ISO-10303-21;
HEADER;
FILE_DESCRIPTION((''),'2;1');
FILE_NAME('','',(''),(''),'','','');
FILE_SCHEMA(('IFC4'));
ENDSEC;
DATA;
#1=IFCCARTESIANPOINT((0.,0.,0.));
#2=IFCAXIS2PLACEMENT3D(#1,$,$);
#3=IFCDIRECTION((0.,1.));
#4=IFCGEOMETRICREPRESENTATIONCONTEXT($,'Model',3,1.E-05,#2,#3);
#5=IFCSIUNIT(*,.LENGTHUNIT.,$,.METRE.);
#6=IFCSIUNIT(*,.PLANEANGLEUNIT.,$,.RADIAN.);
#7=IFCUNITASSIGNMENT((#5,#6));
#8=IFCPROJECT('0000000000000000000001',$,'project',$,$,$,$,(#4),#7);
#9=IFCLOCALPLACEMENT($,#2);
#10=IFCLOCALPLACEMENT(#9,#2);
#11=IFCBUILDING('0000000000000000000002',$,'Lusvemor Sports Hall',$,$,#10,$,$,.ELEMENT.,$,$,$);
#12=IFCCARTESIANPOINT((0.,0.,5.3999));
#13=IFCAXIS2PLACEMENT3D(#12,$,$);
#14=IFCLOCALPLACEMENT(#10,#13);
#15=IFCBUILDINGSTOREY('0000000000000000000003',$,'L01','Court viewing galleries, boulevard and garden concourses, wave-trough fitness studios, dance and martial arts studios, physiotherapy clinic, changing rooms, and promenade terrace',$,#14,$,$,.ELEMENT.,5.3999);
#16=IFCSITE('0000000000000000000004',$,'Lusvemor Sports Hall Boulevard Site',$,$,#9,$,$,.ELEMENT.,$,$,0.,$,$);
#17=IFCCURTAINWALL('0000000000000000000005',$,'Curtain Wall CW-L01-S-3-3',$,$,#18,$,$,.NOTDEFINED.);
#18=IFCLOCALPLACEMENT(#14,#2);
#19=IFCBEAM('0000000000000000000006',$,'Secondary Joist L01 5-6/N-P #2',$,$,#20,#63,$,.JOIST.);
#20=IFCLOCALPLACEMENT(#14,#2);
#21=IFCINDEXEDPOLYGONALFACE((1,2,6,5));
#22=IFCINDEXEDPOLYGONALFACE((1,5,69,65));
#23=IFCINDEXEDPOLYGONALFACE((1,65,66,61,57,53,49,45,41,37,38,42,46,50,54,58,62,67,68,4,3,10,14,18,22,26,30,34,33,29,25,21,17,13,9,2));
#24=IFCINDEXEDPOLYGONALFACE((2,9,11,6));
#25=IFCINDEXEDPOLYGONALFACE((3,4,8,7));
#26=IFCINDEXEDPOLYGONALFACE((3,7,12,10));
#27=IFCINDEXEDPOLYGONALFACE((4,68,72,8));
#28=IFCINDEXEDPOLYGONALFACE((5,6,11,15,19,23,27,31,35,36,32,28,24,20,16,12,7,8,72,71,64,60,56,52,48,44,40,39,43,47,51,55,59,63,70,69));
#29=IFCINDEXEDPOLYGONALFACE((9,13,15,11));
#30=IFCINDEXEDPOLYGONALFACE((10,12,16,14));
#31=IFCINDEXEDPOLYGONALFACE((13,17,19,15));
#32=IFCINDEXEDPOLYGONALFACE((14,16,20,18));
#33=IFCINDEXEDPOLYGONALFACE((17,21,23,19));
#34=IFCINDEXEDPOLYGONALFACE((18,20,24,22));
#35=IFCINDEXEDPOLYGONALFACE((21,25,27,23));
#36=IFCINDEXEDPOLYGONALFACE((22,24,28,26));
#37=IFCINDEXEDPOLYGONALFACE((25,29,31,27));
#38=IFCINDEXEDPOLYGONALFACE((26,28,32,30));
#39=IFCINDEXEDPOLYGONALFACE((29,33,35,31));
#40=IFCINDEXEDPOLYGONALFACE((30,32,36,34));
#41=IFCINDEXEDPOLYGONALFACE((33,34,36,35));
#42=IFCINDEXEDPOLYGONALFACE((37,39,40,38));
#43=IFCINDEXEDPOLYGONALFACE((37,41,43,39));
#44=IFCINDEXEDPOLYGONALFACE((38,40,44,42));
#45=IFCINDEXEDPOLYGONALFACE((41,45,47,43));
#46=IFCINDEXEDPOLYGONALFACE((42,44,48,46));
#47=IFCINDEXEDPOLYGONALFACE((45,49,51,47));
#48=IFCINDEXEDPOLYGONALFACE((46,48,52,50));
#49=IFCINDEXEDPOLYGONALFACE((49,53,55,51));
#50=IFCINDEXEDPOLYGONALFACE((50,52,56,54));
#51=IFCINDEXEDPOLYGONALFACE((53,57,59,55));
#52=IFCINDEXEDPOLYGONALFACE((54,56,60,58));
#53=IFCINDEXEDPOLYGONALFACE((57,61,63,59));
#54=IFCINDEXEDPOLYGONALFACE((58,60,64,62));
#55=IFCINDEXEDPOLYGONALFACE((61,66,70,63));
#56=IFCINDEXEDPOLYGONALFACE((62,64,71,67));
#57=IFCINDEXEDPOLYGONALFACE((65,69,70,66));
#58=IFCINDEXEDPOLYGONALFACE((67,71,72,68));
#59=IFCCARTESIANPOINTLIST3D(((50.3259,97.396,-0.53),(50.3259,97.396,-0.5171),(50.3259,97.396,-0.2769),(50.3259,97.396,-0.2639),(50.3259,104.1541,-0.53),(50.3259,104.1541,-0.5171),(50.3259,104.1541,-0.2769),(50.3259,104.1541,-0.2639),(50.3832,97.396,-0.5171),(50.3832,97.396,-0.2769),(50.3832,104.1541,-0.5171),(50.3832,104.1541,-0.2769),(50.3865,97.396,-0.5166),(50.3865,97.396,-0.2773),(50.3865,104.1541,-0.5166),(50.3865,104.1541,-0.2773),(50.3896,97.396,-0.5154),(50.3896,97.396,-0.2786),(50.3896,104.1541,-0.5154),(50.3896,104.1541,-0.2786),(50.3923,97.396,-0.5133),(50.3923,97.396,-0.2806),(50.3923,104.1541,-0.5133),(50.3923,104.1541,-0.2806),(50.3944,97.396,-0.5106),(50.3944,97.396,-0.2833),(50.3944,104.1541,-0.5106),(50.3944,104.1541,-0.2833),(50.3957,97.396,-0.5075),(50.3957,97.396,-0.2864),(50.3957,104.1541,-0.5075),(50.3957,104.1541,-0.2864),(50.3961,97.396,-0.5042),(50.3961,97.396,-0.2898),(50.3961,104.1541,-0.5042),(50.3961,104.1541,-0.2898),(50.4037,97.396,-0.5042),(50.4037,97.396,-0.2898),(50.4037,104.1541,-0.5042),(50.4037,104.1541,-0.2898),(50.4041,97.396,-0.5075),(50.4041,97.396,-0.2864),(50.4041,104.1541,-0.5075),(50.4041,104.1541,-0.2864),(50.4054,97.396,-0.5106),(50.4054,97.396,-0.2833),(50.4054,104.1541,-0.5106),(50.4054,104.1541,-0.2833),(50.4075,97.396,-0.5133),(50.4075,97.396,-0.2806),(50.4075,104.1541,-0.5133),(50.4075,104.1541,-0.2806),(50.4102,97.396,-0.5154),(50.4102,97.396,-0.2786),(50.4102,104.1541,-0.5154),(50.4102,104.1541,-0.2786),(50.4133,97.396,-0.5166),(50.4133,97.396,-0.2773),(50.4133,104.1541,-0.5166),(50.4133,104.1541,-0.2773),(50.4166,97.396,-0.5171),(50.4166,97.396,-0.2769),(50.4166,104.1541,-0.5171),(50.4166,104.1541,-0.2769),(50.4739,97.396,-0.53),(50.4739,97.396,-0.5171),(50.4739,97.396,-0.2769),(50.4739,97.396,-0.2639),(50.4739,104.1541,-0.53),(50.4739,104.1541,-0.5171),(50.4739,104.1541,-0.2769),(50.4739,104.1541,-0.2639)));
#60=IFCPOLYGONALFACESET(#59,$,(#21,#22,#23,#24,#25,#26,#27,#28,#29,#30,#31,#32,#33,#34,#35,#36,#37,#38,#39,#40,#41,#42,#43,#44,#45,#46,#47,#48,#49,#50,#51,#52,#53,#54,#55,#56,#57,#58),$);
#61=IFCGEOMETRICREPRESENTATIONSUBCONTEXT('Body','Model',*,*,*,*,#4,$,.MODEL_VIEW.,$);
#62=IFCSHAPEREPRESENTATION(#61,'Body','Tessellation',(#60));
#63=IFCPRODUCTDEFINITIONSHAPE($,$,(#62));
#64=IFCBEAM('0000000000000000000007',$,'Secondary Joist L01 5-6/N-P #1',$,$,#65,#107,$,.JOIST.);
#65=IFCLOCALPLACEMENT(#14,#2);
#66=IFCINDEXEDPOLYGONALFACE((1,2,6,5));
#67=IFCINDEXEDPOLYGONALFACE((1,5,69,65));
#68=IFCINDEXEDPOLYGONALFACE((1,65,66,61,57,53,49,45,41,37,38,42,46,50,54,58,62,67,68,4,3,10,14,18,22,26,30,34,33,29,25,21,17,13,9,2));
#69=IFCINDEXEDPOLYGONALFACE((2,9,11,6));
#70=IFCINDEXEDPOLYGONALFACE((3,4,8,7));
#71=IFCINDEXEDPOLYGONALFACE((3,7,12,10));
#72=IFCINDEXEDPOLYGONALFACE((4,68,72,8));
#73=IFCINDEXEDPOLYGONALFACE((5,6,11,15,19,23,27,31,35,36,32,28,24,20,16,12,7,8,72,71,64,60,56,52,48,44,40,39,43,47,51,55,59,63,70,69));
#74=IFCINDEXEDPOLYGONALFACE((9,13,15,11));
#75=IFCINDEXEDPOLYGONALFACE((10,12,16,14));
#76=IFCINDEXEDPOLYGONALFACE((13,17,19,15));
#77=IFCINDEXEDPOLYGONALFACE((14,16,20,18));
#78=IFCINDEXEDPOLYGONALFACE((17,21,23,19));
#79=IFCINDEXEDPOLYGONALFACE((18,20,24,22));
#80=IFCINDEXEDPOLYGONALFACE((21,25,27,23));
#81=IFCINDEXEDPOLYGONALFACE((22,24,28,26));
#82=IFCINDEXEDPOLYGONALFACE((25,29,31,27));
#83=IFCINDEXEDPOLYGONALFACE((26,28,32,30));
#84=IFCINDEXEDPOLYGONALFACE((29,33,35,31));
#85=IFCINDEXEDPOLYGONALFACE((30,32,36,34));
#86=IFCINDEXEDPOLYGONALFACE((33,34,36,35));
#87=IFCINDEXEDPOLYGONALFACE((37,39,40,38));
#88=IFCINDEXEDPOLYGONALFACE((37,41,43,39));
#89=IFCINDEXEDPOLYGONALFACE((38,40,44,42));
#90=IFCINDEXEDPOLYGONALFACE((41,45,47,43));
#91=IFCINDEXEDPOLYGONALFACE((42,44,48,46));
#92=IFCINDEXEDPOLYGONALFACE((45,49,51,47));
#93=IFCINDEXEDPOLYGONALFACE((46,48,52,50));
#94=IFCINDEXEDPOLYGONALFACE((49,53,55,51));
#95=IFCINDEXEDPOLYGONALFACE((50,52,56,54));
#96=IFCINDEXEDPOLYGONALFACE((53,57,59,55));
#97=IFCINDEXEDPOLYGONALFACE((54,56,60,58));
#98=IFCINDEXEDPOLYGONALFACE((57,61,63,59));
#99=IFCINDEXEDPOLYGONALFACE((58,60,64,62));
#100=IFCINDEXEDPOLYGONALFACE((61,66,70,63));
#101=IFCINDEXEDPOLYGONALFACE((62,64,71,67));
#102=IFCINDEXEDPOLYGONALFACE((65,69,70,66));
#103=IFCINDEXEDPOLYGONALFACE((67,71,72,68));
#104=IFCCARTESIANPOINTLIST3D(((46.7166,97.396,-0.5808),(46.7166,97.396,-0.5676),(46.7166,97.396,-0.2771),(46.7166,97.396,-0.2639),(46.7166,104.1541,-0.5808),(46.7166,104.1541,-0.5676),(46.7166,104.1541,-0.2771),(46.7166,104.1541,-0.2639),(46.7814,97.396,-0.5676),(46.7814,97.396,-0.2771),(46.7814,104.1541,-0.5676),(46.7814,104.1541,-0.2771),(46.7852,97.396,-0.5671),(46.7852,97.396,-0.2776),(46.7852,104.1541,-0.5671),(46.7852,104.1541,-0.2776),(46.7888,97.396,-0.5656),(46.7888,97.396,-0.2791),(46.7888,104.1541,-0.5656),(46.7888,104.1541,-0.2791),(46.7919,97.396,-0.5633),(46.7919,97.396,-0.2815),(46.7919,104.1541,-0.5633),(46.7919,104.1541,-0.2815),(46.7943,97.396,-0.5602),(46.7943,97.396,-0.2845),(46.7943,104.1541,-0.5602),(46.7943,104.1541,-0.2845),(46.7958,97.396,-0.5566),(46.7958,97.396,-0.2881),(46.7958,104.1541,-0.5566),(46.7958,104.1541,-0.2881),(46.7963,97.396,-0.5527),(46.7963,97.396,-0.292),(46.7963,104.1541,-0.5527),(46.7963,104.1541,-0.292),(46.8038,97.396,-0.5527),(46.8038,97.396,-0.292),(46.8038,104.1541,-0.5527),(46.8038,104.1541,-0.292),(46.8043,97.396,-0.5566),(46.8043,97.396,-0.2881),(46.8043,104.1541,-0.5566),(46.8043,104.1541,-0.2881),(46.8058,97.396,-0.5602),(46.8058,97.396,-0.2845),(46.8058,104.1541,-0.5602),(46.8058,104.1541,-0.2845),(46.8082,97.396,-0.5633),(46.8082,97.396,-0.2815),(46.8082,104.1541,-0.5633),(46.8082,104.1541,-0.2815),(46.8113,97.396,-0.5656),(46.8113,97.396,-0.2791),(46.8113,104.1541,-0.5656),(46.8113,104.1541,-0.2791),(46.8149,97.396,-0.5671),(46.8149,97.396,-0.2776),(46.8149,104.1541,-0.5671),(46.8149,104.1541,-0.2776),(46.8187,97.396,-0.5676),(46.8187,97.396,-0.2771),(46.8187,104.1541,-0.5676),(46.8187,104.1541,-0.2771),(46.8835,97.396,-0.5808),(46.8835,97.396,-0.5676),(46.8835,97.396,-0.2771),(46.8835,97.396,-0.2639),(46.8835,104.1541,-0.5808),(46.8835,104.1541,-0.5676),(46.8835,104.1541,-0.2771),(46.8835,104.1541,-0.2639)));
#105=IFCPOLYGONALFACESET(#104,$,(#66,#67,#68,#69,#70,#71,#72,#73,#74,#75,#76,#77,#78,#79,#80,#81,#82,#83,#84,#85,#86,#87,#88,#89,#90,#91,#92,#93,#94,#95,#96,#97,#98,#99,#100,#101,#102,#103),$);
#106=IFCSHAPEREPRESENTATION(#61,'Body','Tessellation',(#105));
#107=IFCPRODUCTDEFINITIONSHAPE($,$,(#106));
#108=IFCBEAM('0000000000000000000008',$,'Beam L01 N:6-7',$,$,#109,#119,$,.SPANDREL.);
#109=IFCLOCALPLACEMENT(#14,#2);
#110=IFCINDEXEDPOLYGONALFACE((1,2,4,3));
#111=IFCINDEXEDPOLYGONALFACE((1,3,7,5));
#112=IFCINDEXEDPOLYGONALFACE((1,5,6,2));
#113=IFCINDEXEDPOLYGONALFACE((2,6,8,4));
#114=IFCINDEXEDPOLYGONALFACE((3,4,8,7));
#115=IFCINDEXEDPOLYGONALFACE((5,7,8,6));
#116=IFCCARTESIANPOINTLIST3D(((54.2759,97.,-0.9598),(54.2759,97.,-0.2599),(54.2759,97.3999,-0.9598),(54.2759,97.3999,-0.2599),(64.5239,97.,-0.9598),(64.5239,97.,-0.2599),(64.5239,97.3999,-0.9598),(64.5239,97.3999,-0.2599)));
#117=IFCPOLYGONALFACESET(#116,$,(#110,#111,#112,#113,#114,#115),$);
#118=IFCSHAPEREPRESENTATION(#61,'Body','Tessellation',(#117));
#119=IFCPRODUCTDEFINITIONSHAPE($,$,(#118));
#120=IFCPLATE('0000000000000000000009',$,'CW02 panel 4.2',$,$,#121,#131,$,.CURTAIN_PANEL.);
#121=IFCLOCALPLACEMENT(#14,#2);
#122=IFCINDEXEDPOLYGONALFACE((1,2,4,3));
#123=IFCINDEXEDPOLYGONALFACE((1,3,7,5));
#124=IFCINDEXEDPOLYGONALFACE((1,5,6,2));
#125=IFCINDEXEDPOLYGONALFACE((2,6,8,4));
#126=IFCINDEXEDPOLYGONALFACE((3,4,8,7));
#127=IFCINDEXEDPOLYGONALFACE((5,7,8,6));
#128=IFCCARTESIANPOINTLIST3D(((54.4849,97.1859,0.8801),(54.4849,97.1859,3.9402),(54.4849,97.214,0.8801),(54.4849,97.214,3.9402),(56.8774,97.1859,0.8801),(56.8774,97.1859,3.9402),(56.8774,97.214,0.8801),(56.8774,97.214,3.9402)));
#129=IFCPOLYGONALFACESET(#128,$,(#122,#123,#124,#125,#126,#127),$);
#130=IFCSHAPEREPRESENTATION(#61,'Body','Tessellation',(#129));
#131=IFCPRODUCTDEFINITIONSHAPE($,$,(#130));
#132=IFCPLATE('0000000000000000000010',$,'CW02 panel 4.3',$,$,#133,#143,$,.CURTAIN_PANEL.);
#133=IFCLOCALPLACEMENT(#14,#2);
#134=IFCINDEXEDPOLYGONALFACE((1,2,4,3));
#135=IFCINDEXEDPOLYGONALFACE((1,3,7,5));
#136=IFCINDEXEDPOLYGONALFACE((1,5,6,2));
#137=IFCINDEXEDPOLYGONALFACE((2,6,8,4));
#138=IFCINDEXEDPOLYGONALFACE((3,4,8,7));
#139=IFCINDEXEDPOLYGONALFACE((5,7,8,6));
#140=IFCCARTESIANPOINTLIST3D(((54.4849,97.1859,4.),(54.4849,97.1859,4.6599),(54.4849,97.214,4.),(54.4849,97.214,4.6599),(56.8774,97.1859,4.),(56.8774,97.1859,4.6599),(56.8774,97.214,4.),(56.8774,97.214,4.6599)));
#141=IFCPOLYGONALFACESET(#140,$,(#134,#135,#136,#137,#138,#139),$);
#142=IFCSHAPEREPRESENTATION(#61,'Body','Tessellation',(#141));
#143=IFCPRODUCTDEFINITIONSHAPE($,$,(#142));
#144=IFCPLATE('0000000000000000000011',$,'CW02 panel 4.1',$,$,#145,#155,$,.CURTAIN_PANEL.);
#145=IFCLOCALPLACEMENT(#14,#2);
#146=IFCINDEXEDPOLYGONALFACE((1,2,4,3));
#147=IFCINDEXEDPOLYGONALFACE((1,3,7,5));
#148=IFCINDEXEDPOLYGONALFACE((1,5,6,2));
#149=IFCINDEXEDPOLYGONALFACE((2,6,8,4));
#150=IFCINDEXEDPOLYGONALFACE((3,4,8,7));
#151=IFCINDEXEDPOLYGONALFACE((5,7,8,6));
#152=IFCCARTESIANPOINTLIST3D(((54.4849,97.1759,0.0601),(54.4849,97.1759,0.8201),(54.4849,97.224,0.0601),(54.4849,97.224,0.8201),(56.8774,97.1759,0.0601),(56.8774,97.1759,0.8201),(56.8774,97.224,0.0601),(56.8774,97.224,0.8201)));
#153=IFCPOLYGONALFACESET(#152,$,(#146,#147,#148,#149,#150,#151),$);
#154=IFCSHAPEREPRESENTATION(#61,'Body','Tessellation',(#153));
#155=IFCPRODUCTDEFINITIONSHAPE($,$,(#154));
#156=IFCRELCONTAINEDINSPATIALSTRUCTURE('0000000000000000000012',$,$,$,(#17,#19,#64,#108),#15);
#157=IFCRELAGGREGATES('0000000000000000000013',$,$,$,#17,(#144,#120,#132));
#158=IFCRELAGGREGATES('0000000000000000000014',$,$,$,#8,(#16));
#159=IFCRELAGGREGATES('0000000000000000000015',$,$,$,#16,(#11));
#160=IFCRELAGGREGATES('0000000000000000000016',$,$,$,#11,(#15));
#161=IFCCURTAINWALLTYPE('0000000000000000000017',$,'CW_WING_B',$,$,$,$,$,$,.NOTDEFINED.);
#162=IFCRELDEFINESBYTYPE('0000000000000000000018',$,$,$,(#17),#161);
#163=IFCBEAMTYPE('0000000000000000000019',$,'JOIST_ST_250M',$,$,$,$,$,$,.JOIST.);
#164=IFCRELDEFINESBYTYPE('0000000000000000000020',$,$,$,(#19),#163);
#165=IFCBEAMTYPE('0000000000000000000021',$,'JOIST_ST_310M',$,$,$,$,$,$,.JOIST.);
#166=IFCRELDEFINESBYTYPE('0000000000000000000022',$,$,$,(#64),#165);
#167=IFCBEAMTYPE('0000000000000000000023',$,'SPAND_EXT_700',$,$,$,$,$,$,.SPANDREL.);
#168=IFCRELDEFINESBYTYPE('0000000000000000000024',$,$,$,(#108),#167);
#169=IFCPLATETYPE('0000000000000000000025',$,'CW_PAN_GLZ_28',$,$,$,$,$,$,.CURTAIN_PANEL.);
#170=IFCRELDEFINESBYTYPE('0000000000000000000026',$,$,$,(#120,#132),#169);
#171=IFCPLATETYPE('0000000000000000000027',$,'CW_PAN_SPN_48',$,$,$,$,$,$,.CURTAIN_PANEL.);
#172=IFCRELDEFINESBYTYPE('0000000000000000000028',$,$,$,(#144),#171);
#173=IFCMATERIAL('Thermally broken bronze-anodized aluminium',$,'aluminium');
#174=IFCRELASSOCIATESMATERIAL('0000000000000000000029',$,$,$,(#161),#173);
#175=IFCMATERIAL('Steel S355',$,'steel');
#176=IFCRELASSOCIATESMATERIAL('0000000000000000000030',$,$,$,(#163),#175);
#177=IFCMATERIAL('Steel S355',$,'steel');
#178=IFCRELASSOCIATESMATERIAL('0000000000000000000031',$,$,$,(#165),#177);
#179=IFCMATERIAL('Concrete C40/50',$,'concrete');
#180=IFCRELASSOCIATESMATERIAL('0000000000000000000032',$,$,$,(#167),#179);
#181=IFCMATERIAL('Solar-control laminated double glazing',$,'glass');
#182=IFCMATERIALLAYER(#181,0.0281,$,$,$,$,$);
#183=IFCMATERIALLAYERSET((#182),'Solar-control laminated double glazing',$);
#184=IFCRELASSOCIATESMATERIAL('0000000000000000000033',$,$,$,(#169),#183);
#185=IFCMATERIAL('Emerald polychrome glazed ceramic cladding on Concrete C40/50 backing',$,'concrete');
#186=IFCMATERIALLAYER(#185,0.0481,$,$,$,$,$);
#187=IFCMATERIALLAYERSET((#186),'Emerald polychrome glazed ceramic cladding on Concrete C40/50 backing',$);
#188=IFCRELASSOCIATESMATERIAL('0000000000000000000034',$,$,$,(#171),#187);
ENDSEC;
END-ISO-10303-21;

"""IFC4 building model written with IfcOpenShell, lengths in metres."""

from ifc_helpers import new_model, si_unit, direction, frame, origin, origin_2d, place, context, subcontext, project, spatial, rectangle, i_section, extrude, material, layer, layer_set, material_profile, profile_set, type_object, element, aggregate, save


model = new_model("IFC4")

# Units and contexts
model_context = context("Model", 3, precision=1e-05, world=origin(), true_north=direction((0.0, 1.0)))
body_context = subcontext(model_context, "Body", "Model", "MODEL_VIEW")
ifc_project = project(units=[si_unit("LENGTHUNIT", "METRE"), si_unit("PLANEANGLEUNIT", "RADIAN")], contexts=[model_context])

# Site, building, storey
site_placement = place(None, origin())
site = spatial("IfcSite", under=ifc_project, at=site_placement, Name="Lusvemor Sports Hall Boulevard Site", CompositionType="ELEMENT", RefElevation=0.0)
building_placement = place(site_placement, origin())
building = spatial("IfcBuilding", under=site, at=building_placement, Name="Lusvemor Sports Hall", CompositionType="ELEMENT")
storey_placement = place(building_placement, frame((0.0, 0.0, 5.3999)))
storey = spatial("IfcBuildingStorey", under=building, at=storey_placement, Name="L01", Description="Court viewing galleries, boulevard and garden concourses, wave-trough fitness studios, dance and martial arts studios, physiotherapy clinic, changing rooms, and promenade terrace", CompositionType="ELEMENT", Elevation=5.3999)

# Curtain wall
ifc_material_1 = material(Name="Thermally broken bronze-anodized aluminium", Category="aluminium")
curtain_wall_type = type_object("IfcCurtainWallType", Name="CW_WING_B", PredefinedType="NOTDEFINED", material=ifc_material_1)
curtain_wall_placement = place(storey_placement, origin())
curtain_wall = element("IfcCurtainWall", 1, at=curtain_wall_placement, inside=storey, type_object=curtain_wall_type, Name="Curtain Wall CW-L01-S-3-3", PredefinedType="NOTDEFINED")

# Beams
ifc_material_2 = material(Name="Steel S355", Category="steel")
ifc_material_profile_1 = material_profile(ifc_material_2, i_section(OverallWidth=0.1479, OverallDepth=0.2661, WebThickness=0.0076, FlangeThickness=0.0129, FilletRadius=0.0129, at=origin_2d()), Name="W250x44.8")
ifc_profile_set_1 = profile_set([ifc_material_profile_1], Name="Steel S355")
beam_type_1 = type_object("IfcBeamType", Name="JOIST_ST_250M", PredefinedType="JOIST", material=ifc_profile_set_1)
beam_1_placement = place(storey_placement, frame((50.3999, 97.396, -0.397), z_axis=(0.0, 1.0, 0.0), x_axis=(-1.0, 0.0, 0.0)))
element("IfcBeam", 2, at=beam_1_placement, inside=storey, type_object=beam_type_1, Name="Secondary Joist L01 5-6/N-P #2", PredefinedType="JOIST", context=body_context, shape_type="SweptSolid", body=[
    extrude(i_section(OverallWidth=0.1479, OverallDepth=0.2661, WebThickness=0.0076, FlangeThickness=0.0129, FilletRadius=0.0129, at=origin_2d()), origin(), (0.0, 0.0, 1.0), 6.7581),
])
ifc_material_3 = material(Name="Steel S355", Category="steel")
ifc_material_profile_2 = material_profile(ifc_material_3, i_section(OverallWidth=0.167, OverallDepth=0.3169, WebThickness=0.0076, FlangeThickness=0.0132, FilletRadius=0.0149, at=origin_2d()), Name="W310x52.0")
ifc_profile_set_2 = profile_set([ifc_material_profile_2], Name="Steel S355")
beam_type_2 = type_object("IfcBeamType", Name="JOIST_ST_310M", PredefinedType="JOIST", material=ifc_profile_set_2)
beam_2_placement = place(storey_placement, frame((46.8, 97.396, -0.4224), z_axis=(0.0, 1.0, 0.0), x_axis=(-1.0, 0.0, 0.0)))
element("IfcBeam", 3, at=beam_2_placement, inside=storey, type_object=beam_type_2, Name="Secondary Joist L01 5-6/N-P #1", PredefinedType="JOIST", context=body_context, shape_type="SweptSolid", body=[
    extrude(i_section(OverallWidth=0.167, OverallDepth=0.3169, WebThickness=0.0076, FlangeThickness=0.0132, FilletRadius=0.0149, at=origin_2d()), origin(), (0.0, 0.0, 1.0), 6.7581),
])
ifc_material_4 = material(Name="Concrete C40/50", Category="concrete")
ifc_material_profile_3 = material_profile(ifc_material_4, rectangle(XDim=0.3999, YDim=0.7, at=origin_2d()), Name="RC400x700")
ifc_profile_set_3 = profile_set([ifc_material_profile_3], Name="Concrete C40/50")
beam_type_3 = type_object("IfcBeamType", Name="SPAND_EXT_700", PredefinedType="SPANDREL", material=ifc_profile_set_3)
beam_3_placement = place(storey_placement, frame((54.2759, 97.2, -0.6099), z_axis=(1.0, 0.0, 0.0), x_axis=(0.0, 1.0, 0.0)))
element("IfcBeam", 4, at=beam_3_placement, inside=storey, type_object=beam_type_3, Name="Beam L01 N:6-7", PredefinedType="SPANDREL", context=body_context, shape_type="SweptSolid", body=[
    extrude(rectangle(XDim=0.3999, YDim=0.7, at=origin_2d()), origin(), (0.0, 0.0, 1.0), 10.248),
])

# Plates
ifc_material_5 = material(Name="Solar-control laminated double glazing", Category="glass")
ifc_layer_1 = layer(ifc_material_5, 0.0281)
ifc_layer_set_1 = layer_set([ifc_layer_1], Name="Solar-control laminated double glazing")
plate_type_1 = type_object("IfcPlateType", Name="CW_PAN_GLZ_28", PredefinedType="CURTAIN_PANEL", material=ifc_layer_set_1)
plate_1_placement = place(storey_placement, frame((55.6812, 97.2, 0.8801), z_axis=(0.0, 0.0, 1.0), x_axis=(-1.0, 0.0, 0.0)))
plate_1 = element("IfcPlate", 5, at=plate_1_placement, type_object=plate_type_1, Name="CW02 panel 4.2", PredefinedType="CURTAIN_PANEL", context=body_context, shape_type="SweptSolid", body=[
    extrude(rectangle(XDim=2.3926, YDim=0.0281, at=origin_2d()), origin(), (0.0, 0.0, 1.0), 3.0601),
])
plate_2_placement = place(storey_placement, frame((55.6812, 97.2, 4.0), z_axis=(0.0, 0.0, 1.0), x_axis=(-1.0, 0.0, 0.0)))
plate_2 = element("IfcPlate", 6, at=plate_2_placement, type_object=plate_type_1, Name="CW02 panel 4.3", PredefinedType="CURTAIN_PANEL", context=body_context, shape_type="SweptSolid", body=[
    extrude(rectangle(XDim=2.3926, YDim=0.0281, at=origin_2d()), origin(), (0.0, 0.0, 1.0), 0.6599),
])
ifc_material_6 = material(Name="Emerald polychrome glazed ceramic cladding on Concrete C40/50 backing", Category="concrete")
ifc_layer_2 = layer(ifc_material_6, 0.0481)
ifc_layer_set_2 = layer_set([ifc_layer_2], Name="Emerald polychrome glazed ceramic cladding on Concrete C40/50 backing")
plate_type_2 = type_object("IfcPlateType", Name="CW_PAN_SPN_48", PredefinedType="CURTAIN_PANEL", material=ifc_layer_set_2)
plate_3_placement = place(storey_placement, frame((55.6812, 97.2, 0.0601), z_axis=(0.0, 0.0, 1.0), x_axis=(-1.0, 0.0, 0.0)))
plate_3 = element("IfcPlate", 7, at=plate_3_placement, type_object=plate_type_2, Name="CW02 panel 4.1", PredefinedType="CURTAIN_PANEL", context=body_context, shape_type="SweptSolid", body=[
    extrude(rectangle(XDim=2.3926, YDim=0.0481, at=origin_2d()), origin(), (0.0, 0.0, 1.0), 0.76),
])
aggregate(curtain_wall, [plate_3, plate_1, plate_2])

save(model, "model.ifc")
